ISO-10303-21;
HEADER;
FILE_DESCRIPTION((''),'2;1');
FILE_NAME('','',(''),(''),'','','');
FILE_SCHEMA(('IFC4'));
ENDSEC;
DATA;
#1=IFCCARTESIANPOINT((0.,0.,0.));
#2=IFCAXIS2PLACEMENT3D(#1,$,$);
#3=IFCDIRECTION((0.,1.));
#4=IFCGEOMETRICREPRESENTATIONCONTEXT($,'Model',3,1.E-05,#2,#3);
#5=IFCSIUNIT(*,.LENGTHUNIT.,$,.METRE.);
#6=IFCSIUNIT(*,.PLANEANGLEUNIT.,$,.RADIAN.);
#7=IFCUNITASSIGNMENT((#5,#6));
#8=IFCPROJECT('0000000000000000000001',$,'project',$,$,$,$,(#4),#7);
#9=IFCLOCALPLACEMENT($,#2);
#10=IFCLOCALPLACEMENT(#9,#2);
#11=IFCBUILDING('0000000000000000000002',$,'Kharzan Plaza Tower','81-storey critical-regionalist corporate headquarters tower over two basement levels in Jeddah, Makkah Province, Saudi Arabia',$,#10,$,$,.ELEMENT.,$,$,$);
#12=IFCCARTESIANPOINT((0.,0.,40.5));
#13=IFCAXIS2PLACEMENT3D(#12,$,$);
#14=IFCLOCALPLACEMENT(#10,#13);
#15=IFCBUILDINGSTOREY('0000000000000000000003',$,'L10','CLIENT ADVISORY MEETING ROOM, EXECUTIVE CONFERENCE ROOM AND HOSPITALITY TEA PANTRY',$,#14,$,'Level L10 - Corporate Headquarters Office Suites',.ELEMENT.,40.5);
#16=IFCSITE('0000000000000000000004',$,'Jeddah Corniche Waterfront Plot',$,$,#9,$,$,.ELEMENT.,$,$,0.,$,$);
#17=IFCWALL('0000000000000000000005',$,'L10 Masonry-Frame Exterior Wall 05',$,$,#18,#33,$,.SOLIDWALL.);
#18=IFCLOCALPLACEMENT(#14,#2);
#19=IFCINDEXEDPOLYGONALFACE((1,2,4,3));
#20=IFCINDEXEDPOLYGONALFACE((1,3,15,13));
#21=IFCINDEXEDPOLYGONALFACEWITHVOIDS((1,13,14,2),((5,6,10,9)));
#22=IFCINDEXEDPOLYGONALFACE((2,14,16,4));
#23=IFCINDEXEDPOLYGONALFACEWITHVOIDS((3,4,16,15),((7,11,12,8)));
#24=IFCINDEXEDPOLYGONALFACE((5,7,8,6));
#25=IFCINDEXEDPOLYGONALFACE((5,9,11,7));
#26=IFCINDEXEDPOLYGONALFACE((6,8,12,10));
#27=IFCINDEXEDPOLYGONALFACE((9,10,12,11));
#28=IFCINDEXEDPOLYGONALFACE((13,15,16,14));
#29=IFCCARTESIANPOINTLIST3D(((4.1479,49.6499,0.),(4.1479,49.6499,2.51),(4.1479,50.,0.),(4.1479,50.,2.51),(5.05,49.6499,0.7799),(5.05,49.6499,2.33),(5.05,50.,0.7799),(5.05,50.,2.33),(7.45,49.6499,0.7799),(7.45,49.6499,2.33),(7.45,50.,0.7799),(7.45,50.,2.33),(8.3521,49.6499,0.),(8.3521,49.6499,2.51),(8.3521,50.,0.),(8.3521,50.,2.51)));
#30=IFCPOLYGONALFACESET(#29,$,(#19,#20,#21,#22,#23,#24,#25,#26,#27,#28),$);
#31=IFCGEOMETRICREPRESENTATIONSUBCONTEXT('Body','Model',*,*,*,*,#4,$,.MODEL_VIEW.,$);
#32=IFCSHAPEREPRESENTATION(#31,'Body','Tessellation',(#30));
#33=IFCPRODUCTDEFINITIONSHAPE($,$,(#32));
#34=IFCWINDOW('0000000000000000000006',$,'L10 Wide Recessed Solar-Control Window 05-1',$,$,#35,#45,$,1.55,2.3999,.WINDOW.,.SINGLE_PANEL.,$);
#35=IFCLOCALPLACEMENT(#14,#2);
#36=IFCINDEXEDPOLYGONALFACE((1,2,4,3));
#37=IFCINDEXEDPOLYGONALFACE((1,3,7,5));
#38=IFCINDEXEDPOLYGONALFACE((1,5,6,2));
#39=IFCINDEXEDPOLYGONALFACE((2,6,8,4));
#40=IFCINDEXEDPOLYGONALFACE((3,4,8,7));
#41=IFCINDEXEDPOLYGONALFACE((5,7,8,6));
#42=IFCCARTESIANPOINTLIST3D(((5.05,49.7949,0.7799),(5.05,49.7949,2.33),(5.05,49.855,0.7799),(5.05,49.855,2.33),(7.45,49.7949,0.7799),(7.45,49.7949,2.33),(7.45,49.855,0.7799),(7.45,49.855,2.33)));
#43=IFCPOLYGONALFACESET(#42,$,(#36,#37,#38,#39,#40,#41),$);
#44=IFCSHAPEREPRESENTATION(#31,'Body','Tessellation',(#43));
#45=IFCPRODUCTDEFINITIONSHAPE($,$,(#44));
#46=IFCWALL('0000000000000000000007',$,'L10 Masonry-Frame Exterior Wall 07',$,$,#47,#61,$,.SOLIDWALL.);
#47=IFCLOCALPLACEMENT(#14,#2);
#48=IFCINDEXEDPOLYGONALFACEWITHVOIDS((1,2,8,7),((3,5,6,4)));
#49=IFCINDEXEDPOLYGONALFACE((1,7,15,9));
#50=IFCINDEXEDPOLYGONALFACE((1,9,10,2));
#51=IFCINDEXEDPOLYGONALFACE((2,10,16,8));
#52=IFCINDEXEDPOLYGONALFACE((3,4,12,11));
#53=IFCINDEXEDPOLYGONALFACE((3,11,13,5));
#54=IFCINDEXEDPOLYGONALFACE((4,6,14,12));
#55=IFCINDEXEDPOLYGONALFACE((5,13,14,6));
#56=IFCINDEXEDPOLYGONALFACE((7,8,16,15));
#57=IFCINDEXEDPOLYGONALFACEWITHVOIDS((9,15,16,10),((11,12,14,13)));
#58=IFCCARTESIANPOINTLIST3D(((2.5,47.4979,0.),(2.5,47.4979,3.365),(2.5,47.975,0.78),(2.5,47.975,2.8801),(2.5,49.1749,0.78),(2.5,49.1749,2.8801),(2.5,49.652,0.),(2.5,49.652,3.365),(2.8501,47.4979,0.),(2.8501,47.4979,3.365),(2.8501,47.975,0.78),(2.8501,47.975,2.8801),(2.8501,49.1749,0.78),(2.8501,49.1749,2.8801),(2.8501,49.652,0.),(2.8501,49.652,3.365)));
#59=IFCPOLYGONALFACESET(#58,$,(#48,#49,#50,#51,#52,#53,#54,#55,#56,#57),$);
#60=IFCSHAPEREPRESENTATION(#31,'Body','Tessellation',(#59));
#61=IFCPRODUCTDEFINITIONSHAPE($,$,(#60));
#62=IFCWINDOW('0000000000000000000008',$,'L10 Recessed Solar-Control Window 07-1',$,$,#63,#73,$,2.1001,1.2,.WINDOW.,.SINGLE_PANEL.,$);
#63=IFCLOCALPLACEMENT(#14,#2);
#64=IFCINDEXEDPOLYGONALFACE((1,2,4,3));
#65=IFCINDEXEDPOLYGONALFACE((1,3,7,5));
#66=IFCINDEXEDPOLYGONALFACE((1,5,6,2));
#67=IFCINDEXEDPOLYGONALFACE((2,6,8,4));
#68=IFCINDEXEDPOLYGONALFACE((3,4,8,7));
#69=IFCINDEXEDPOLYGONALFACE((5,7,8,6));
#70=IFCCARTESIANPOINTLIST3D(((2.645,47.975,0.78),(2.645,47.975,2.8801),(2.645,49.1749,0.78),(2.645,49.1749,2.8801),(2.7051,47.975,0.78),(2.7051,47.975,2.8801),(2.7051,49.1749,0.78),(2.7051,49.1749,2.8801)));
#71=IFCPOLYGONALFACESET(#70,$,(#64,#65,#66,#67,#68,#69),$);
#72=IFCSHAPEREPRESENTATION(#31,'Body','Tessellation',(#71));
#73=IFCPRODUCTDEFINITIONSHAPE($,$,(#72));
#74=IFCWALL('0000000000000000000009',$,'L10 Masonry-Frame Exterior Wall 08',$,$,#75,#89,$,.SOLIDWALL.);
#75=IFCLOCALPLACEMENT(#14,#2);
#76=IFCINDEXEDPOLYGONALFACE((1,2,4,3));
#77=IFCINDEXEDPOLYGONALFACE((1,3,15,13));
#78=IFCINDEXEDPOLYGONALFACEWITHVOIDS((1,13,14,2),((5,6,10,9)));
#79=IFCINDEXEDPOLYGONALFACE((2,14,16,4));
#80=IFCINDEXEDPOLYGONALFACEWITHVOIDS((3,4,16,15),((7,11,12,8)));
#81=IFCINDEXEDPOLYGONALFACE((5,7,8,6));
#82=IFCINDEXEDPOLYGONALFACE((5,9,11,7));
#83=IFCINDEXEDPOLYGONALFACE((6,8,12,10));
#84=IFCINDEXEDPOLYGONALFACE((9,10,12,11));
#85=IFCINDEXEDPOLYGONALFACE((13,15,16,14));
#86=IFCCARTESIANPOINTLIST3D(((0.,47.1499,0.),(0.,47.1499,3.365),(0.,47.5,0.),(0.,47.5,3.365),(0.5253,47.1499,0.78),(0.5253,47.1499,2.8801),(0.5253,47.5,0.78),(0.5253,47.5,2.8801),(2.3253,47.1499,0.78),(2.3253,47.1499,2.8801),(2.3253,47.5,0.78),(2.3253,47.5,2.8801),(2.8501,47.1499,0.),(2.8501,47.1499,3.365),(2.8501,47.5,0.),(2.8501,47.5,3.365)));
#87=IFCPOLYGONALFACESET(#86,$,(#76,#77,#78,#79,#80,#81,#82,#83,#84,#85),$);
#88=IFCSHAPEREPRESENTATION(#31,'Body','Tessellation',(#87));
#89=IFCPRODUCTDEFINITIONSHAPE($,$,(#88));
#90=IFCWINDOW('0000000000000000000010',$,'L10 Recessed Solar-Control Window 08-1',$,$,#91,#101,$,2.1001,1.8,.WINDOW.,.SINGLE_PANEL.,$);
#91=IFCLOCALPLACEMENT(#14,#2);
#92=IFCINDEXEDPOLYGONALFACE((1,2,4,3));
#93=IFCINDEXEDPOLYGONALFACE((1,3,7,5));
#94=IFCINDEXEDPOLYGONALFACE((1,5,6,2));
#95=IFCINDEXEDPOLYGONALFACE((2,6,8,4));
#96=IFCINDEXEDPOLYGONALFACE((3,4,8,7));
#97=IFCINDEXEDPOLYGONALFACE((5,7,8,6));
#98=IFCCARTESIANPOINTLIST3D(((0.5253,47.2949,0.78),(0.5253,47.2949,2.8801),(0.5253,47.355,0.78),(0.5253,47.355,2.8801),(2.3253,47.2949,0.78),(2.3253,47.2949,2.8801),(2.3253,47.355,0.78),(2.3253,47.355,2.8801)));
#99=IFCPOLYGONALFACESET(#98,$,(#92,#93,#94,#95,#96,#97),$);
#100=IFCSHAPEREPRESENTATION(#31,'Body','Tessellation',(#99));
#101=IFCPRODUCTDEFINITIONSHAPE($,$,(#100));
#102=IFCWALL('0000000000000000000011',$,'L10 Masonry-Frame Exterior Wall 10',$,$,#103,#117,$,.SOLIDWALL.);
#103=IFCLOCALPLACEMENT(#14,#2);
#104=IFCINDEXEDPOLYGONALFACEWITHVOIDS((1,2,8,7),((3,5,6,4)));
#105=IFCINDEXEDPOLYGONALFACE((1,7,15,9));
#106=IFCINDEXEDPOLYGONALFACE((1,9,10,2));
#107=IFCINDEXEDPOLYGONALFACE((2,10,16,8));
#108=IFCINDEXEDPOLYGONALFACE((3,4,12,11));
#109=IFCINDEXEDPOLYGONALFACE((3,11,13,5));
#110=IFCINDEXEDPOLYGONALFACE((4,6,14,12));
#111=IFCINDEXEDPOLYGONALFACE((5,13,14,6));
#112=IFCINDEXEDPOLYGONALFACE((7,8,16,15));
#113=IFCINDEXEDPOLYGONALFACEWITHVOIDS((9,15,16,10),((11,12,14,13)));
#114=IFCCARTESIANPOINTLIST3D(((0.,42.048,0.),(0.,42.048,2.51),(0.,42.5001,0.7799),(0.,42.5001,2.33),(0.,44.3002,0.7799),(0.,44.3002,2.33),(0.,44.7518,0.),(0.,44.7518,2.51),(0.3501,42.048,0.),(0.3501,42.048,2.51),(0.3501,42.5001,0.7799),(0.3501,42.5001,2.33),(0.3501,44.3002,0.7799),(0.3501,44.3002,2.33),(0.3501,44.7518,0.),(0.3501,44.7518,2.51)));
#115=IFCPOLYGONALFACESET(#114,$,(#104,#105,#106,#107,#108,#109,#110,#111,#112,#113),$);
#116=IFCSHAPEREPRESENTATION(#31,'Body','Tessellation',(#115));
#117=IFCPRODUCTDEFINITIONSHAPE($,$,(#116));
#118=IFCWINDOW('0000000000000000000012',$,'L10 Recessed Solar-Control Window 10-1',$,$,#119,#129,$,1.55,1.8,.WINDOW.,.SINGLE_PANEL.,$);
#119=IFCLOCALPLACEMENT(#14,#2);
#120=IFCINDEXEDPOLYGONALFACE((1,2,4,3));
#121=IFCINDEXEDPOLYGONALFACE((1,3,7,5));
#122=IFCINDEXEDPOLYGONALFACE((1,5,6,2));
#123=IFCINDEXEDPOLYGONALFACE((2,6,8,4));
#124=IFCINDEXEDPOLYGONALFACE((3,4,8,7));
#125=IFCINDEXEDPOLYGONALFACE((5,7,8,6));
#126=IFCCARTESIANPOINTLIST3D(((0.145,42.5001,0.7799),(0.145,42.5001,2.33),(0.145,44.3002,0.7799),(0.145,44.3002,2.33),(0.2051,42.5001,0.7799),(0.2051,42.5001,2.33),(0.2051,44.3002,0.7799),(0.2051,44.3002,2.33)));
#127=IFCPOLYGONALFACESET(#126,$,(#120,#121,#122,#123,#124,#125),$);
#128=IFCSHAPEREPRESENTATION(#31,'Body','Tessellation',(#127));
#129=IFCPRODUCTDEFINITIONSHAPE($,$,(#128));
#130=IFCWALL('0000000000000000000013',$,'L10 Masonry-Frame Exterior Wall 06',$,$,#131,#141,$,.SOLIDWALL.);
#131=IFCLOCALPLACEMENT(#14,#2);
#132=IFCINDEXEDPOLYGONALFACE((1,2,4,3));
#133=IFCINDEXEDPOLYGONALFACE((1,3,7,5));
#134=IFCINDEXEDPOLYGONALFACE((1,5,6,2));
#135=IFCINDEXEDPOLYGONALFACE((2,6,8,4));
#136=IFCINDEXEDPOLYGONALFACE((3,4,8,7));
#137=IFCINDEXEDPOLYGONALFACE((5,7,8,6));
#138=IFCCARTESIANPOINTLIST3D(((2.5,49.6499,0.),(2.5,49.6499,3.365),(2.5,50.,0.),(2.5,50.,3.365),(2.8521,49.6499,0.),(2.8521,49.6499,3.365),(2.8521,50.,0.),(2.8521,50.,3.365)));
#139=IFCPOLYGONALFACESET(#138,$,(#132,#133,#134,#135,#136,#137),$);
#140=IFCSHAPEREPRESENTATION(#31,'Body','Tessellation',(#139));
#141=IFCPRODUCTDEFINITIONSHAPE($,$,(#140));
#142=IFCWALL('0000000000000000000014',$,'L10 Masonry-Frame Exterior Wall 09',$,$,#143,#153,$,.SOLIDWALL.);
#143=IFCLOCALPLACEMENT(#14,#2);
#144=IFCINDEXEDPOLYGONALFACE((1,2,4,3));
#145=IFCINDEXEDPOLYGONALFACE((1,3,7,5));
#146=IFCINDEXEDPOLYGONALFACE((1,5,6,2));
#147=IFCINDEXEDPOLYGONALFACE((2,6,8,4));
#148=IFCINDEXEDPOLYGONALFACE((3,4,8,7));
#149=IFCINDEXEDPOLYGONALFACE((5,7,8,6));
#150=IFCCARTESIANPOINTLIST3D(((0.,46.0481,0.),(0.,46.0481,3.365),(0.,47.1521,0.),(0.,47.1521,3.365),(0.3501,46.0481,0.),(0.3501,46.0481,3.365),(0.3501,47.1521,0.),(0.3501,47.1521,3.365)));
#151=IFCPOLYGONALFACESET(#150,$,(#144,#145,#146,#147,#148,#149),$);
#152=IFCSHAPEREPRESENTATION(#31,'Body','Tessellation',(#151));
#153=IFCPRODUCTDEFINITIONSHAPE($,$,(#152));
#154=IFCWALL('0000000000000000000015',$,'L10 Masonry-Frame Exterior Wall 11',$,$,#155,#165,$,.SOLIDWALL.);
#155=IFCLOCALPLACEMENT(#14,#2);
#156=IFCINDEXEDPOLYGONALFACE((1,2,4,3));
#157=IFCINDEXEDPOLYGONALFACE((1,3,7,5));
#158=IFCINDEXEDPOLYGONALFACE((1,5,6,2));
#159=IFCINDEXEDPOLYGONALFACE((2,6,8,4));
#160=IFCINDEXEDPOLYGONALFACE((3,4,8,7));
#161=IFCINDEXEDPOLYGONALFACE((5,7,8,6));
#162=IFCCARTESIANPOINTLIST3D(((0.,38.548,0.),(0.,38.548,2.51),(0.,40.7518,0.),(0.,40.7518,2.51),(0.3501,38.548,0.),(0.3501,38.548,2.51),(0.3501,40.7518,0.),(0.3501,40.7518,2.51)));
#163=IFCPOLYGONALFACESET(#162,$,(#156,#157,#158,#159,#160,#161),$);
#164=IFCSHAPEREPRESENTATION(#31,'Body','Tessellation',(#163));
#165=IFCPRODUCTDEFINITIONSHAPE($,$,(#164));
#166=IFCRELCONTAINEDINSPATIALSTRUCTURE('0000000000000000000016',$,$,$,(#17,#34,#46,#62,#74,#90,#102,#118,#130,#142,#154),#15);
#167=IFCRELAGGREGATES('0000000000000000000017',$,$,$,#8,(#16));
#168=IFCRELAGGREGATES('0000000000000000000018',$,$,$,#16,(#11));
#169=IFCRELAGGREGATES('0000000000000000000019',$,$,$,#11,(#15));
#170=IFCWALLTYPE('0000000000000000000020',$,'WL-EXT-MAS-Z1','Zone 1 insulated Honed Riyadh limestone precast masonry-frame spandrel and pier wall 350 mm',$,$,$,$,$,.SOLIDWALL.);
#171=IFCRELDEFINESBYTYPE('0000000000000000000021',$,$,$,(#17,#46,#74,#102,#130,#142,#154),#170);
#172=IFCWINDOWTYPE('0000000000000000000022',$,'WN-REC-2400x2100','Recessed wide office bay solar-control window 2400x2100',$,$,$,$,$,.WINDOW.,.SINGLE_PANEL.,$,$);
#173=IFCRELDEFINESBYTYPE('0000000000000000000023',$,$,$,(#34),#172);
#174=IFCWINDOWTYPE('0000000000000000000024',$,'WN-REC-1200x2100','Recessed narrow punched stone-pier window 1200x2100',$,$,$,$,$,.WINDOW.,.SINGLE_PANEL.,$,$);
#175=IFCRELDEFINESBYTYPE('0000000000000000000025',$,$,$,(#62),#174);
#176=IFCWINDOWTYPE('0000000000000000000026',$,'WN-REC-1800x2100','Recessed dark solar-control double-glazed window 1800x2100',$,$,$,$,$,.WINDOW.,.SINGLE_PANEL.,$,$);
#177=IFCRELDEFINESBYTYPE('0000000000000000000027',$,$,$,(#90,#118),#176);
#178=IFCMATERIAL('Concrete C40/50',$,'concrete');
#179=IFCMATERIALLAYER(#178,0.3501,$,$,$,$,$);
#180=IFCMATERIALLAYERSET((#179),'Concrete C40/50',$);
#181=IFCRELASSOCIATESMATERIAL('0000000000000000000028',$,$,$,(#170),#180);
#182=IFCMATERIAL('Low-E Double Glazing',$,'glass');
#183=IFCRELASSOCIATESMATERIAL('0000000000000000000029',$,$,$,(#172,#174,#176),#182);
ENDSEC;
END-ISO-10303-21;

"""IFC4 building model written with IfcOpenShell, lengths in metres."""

from ifc_helpers import new_model, si_unit, direction, frame, frame_2d, origin, place, context, subcontext, project, spatial, rectangle, extrude, source, transform, mapped, material, layer, layer_set, type_object, element, fill, save


model = new_model("IFC4")

# Units and contexts
model_context = context("Model", 3, precision=1e-05, world=origin(), true_north=direction((0.0, 1.0)))
body_context = subcontext(model_context, "Body", "Model", "MODEL_VIEW")
ifc_project = project(units=[si_unit("LENGTHUNIT", "METRE"), si_unit("PLANEANGLEUNIT", "RADIAN")], contexts=[model_context])

# Site, building, storey
site_placement = place(None, origin())
site = spatial("IfcSite", under=ifc_project, at=site_placement, Name="Jeddah Corniche Waterfront Plot", CompositionType="ELEMENT", RefElevation=0.0)
building_placement = place(site_placement, origin())
building = spatial("IfcBuilding", under=site, at=building_placement, Name="Kharzan Plaza Tower", Description="81-storey critical-regionalist corporate headquarters tower over two basement levels in Jeddah, Makkah Province, Saudi Arabia", CompositionType="ELEMENT")
storey_placement = place(building_placement, frame((0.0, 0.0, 40.5)))
storey = spatial("IfcBuildingStorey", under=building, at=storey_placement, Name="L10", Description="CLIENT ADVISORY MEETING ROOM, EXECUTIVE CONFERENCE ROOM AND HOSPITALITY TEA PANTRY", LongName="Level L10 - Corporate Headquarters Office Suites", CompositionType="ELEMENT", Elevation=40.5)

# Walls, openings, windows
ifc_material_1 = material(Name="Concrete C40/50", Category="concrete")
ifc_layer_1 = layer(ifc_material_1, 0.3501)
ifc_layer_set_1 = layer_set([ifc_layer_1], Name="Concrete C40/50")
wall_type_1 = type_object("IfcWallType", Name="WL-EXT-MAS-Z1", Description="Zone 1 insulated Honed Riyadh limestone precast masonry-frame spandrel and pier wall 350 mm", PredefinedType="SOLIDWALL", material=ifc_layer_set_1)
wall_1_placement = place(storey_placement, frame((8.3521, 49.825, 0.0), z_axis=(0.0, 0.0, 1.0), x_axis=(-1.0, 0.0, 0.0)))
wall_1 = element("IfcWall", 1, at=wall_1_placement, inside=storey, type_object=wall_type_1, Name="L10 Masonry-Frame Exterior Wall 05", PredefinedType="SOLIDWALL", context=body_context, shape_type="SweptSolid", body=[
    extrude(rectangle(XDim=4.2041, YDim=0.3501, at=frame_2d((2.1021, 0.0))), origin(), (0.0, 0.0, 1.0), 2.51),
])
opening_1_placement = place(wall_1_placement, frame((0.9021, 0.0, 0.78)))
opening_1 = element("IfcOpeningElement", 2, at=opening_1_placement, cuts=wall_1, PredefinedType="OPENING", context=body_context, shape_type="SweptSolid", body=[
    extrude(rectangle(XDim=2.3999, YDim=1.55, at=frame_2d((1.2, 0.7749))), frame((0.0, 0.1851, 0.0), z_axis=(0.0, -1.0, 0.0), x_axis=(1.0, 0.0, 0.0)), (0.0, 0.0, 1.0), 0.3701),
])
ifc_material_2 = material(Name="Low-E Double Glazing", Category="glass")
window_type_1 = type_object("IfcWindowType", Name="WN-REC-2400x2100", Description="Recessed wide office bay solar-control window 2400x2100", PartitioningType="SINGLE_PANEL", PredefinedType="WINDOW", material=ifc_material_2)
shared_shape_1 = source(origin(), body_context, "Body", "SweptSolid", [
    extrude(rectangle(XDim=2.3999, YDim=1.55, at=frame_2d((1.2, 0.7749))), frame((0.0, 0.03, 0.0), z_axis=(0.0, -1.0, 0.0), x_axis=(1.0, 0.0, 0.0)), (0.0, 0.0, 1.0), 0.0601),
])
window_1_placement = place(opening_1_placement, origin())
window_1 = element("IfcWindow", 3, at=window_1_placement, inside=storey, type_object=window_type_1, Name="L10 Wide Recessed Solar-Control Window 05-1", OverallHeight=1.55, OverallWidth=2.3999, PartitioningType="SINGLE_PANEL", PredefinedType="WINDOW", context=body_context, shape_type="MappedRepresentation", body=[
    mapped(shared_shape_1, transform((0.0, 0.0, 0.0), x_axis=(1.0, 0.0, 0.0), y_axis=(0.0, 1.0, 0.0), z_axis=(0.0, 0.0, 1.0))),
])
fill(opening_1, window_1)
wall_2_placement = place(storey_placement, frame((2.675, 49.6521, 0.0), z_axis=(0.0, 0.0, 1.0), x_axis=(0.0, -1.0, 0.0)))
wall_2 = element("IfcWall", 4, at=wall_2_placement, inside=storey, type_object=wall_type_1, Name="L10 Masonry-Frame Exterior Wall 07", PredefinedType="SOLIDWALL", context=body_context, shape_type="SweptSolid", body=[
    extrude(rectangle(XDim=2.1541, YDim=0.3501, at=frame_2d((1.0771, 0.0))), origin(), (0.0, 0.0, 1.0), 3.365),
])
opening_2_placement = place(wall_2_placement, frame((0.4771, 0.0, 0.78)))
opening_2 = element("IfcOpeningElement", 5, at=opening_2_placement, cuts=wall_2, PredefinedType="OPENING", context=body_context, shape_type="SweptSolid", body=[
    extrude(rectangle(XDim=1.2, YDim=2.1001, at=frame_2d((0.6001, 1.05))), frame((0.0, 0.1851, 0.0), z_axis=(0.0, -1.0, 0.0), x_axis=(1.0, 0.0, 0.0)), (0.0, 0.0, 1.0), 0.3701),
])
window_type_2 = type_object("IfcWindowType", Name="WN-REC-1200x2100", Description="Recessed narrow punched stone-pier window 1200x2100", PartitioningType="SINGLE_PANEL", PredefinedType="WINDOW", material=ifc_material_2)
shared_shape_2 = source(origin(), body_context, "Body", "SweptSolid", [
    extrude(rectangle(XDim=1.2, YDim=2.1001, at=frame_2d((0.6001, 1.05))), frame((0.0, 0.03, 0.0), z_axis=(0.0, -1.0, 0.0), x_axis=(1.0, 0.0, 0.0)), (0.0, 0.0, 1.0), 0.0601),
])
window_2_placement = place(opening_2_placement, origin())
window_2 = element("IfcWindow", 6, at=window_2_placement, inside=storey, type_object=window_type_2, Name="L10 Recessed Solar-Control Window 07-1", OverallHeight=2.1001, OverallWidth=1.2, PartitioningType="SINGLE_PANEL", PredefinedType="WINDOW", context=body_context, shape_type="MappedRepresentation", body=[
    mapped(shared_shape_2, transform((0.0, 0.0, 0.0), x_axis=(1.0, 0.0, 0.0), y_axis=(0.0, 1.0, 0.0), z_axis=(0.0, 0.0, 1.0))),
])
fill(opening_2, window_2)
wall_3_placement = place(storey_placement, frame((2.8501, 47.325, 0.0), z_axis=(0.0, 0.0, 1.0), x_axis=(-1.0, 0.0, 0.0)))
wall_3 = element("IfcWall", 7, at=wall_3_placement, inside=storey, type_object=wall_type_1, Name="L10 Masonry-Frame Exterior Wall 08", PredefinedType="SOLIDWALL", context=body_context, shape_type="SweptSolid", body=[
    extrude(rectangle(XDim=2.8501, YDim=0.3501, at=frame_2d((1.425, 0.0))), origin(), (0.0, 0.0, 1.0), 3.365),
])
opening_3_placement = place(wall_3_placement, frame((0.5249, 0.0, 0.78)))
opening_3 = element("IfcOpeningElement", 8, at=opening_3_placement, cuts=wall_3, PredefinedType="OPENING", context=body_context, shape_type="SweptSolid", body=[
    extrude(rectangle(XDim=1.8, YDim=2.1001, at=frame_2d((0.8999, 1.05))), frame((0.0, 0.1851, 0.0), z_axis=(0.0, -1.0, 0.0), x_axis=(1.0, 0.0, 0.0)), (0.0, 0.0, 1.0), 0.3701),
])
window_type_3 = type_object("IfcWindowType", Name="WN-REC-1800x2100", Description="Recessed dark solar-control double-glazed window 1800x2100", PartitioningType="SINGLE_PANEL", PredefinedType="WINDOW", material=ifc_material_2)
shared_shape_3 = source(origin(), body_context, "Body", "SweptSolid", [
    extrude(rectangle(XDim=1.8, YDim=2.1001, at=frame_2d((0.8999, 1.05))), frame((0.0, 0.03, 0.0), z_axis=(0.0, -1.0, 0.0), x_axis=(1.0, 0.0, 0.0)), (0.0, 0.0, 1.0), 0.0601),
])
window_3_placement = place(opening_3_placement, origin())
window_3 = element("IfcWindow", 9, at=window_3_placement, inside=storey, type_object=window_type_3, Name="L10 Recessed Solar-Control Window 08-1", OverallHeight=2.1001, OverallWidth=1.8, PartitioningType="SINGLE_PANEL", PredefinedType="WINDOW", context=body_context, shape_type="MappedRepresentation", body=[
    mapped(shared_shape_3, transform((0.0, 0.0, 0.0), x_axis=(1.0, 0.0, 0.0), y_axis=(0.0, 1.0, 0.0), z_axis=(0.0, 0.0, 1.0))),
])
fill(opening_3, window_3)
wall_4_placement = place(storey_placement, frame((0.175, 44.752, 0.0), z_axis=(0.0, 0.0, 1.0), x_axis=(0.0, -1.0, 0.0)))
wall_4 = element("IfcWall", 10, at=wall_4_placement, inside=storey, type_object=wall_type_1, Name="L10 Masonry-Frame Exterior Wall 10", PredefinedType="SOLIDWALL", context=body_context, shape_type="SweptSolid", body=[
    extrude(rectangle(XDim=2.7039, YDim=0.3501, at=frame_2d((1.3521, 0.0))), origin(), (0.0, 0.0, 1.0), 2.51),
])
opening_4_placement = place(wall_4_placement, frame((0.4519, 0.0, 0.78)))
opening_4 = element("IfcOpeningElement", 11, at=opening_4_placement, cuts=wall_4, PredefinedType="OPENING", context=body_context, shape_type="SweptSolid", body=[
    extrude(rectangle(XDim=1.8, YDim=1.55, at=frame_2d((0.8999, 0.7749))), frame((0.0, 0.1851, 0.0), z_axis=(0.0, -1.0, 0.0), x_axis=(1.0, 0.0, 0.0)), (0.0, 0.0, 1.0), 0.3701),
])
shared_shape_4 = source(origin(), body_context, "Body", "SweptSolid", [
    extrude(rectangle(XDim=1.8, YDim=1.55, at=frame_2d((0.8999, 0.7749))), frame((0.0, 0.03, 0.0), z_axis=(0.0, -1.0, 0.0), x_axis=(1.0, 0.0, 0.0)), (0.0, 0.0, 1.0), 0.0601),
])
window_4_placement = place(opening_4_placement, origin())
window_4 = element("IfcWindow", 12, at=window_4_placement, inside=storey, type_object=window_type_3, Name="L10 Recessed Solar-Control Window 10-1", OverallHeight=1.55, OverallWidth=1.8, PartitioningType="SINGLE_PANEL", PredefinedType="WINDOW", context=body_context, shape_type="MappedRepresentation", body=[
    mapped(shared_shape_4, transform((0.0, 0.0, 0.0), x_axis=(1.0, 0.0, 0.0), y_axis=(0.0, 1.0, 0.0), z_axis=(0.0, 0.0, 1.0))),
])
fill(opening_4, window_4)

# Walls
shared_shape_5 = source(origin(), body_context, "Body", "SweptSolid", [
    extrude(rectangle(XDim=0.3521, YDim=0.3501, at=frame_2d((0.176, 0.0))), origin(), (0.0, 0.0, 1.0), 3.365),
])
wall_5_placement = place(storey_placement, frame((2.8521, 49.825, 0.0), z_axis=(0.0, 0.0, 1.0), x_axis=(-1.0, 0.0, 0.0)))
element("IfcWall", 13, at=wall_5_placement, inside=storey, type_object=wall_type_1, Name="L10 Masonry-Frame Exterior Wall 06", PredefinedType="SOLIDWALL", context=body_context, shape_type="MappedRepresentation", body=[
    mapped(shared_shape_5, transform((0.0, 0.0, 0.0), x_axis=(1.0, 0.0, 0.0), y_axis=(0.0, 1.0, 0.0), z_axis=(0.0, 0.0, 1.0))),
])
shared_shape_6 = source(origin(), body_context, "Body", "SweptSolid", [
    extrude(rectangle(XDim=1.104, YDim=0.3501, at=frame_2d((0.552, 0.0))), origin(), (0.0, 0.0, 1.0), 3.365),
])
wall_6_placement = place(storey_placement, frame((0.175, 47.1521, 0.0), z_axis=(0.0, 0.0, 1.0), x_axis=(0.0, -1.0, 0.0)))
element("IfcWall", 14, at=wall_6_placement, inside=storey, type_object=wall_type_1, Name="L10 Masonry-Frame Exterior Wall 09", PredefinedType="SOLIDWALL", context=body_context, shape_type="MappedRepresentation", body=[
    mapped(shared_shape_6, transform((0.0, 0.0, 0.0), x_axis=(1.0, 0.0, 0.0), y_axis=(0.0, 1.0, 0.0), z_axis=(0.0, 0.0, 1.0))),
])
shared_shape_7 = source(origin(), body_context, "Body", "SweptSolid", [
    extrude(rectangle(XDim=2.2039, YDim=0.3501, at=frame_2d((1.1021, 0.0))), origin(), (0.0, 0.0, 1.0), 2.51),
])
wall_7_placement = place(storey_placement, frame((0.175, 40.752, 0.0), z_axis=(0.0, 0.0, 1.0), x_axis=(0.0, -1.0, 0.0)))
element("IfcWall", 15, at=wall_7_placement, inside=storey, type_object=wall_type_1, Name="L10 Masonry-Frame Exterior Wall 11", PredefinedType="SOLIDWALL", context=body_context, shape_type="MappedRepresentation", body=[
    mapped(shared_shape_7, transform((0.0, 0.0, 0.0), x_axis=(1.0, 0.0, 0.0), y_axis=(0.0, 1.0, 0.0), z_axis=(0.0, 0.0, 1.0))),
])

save(model, "model.ifc")
